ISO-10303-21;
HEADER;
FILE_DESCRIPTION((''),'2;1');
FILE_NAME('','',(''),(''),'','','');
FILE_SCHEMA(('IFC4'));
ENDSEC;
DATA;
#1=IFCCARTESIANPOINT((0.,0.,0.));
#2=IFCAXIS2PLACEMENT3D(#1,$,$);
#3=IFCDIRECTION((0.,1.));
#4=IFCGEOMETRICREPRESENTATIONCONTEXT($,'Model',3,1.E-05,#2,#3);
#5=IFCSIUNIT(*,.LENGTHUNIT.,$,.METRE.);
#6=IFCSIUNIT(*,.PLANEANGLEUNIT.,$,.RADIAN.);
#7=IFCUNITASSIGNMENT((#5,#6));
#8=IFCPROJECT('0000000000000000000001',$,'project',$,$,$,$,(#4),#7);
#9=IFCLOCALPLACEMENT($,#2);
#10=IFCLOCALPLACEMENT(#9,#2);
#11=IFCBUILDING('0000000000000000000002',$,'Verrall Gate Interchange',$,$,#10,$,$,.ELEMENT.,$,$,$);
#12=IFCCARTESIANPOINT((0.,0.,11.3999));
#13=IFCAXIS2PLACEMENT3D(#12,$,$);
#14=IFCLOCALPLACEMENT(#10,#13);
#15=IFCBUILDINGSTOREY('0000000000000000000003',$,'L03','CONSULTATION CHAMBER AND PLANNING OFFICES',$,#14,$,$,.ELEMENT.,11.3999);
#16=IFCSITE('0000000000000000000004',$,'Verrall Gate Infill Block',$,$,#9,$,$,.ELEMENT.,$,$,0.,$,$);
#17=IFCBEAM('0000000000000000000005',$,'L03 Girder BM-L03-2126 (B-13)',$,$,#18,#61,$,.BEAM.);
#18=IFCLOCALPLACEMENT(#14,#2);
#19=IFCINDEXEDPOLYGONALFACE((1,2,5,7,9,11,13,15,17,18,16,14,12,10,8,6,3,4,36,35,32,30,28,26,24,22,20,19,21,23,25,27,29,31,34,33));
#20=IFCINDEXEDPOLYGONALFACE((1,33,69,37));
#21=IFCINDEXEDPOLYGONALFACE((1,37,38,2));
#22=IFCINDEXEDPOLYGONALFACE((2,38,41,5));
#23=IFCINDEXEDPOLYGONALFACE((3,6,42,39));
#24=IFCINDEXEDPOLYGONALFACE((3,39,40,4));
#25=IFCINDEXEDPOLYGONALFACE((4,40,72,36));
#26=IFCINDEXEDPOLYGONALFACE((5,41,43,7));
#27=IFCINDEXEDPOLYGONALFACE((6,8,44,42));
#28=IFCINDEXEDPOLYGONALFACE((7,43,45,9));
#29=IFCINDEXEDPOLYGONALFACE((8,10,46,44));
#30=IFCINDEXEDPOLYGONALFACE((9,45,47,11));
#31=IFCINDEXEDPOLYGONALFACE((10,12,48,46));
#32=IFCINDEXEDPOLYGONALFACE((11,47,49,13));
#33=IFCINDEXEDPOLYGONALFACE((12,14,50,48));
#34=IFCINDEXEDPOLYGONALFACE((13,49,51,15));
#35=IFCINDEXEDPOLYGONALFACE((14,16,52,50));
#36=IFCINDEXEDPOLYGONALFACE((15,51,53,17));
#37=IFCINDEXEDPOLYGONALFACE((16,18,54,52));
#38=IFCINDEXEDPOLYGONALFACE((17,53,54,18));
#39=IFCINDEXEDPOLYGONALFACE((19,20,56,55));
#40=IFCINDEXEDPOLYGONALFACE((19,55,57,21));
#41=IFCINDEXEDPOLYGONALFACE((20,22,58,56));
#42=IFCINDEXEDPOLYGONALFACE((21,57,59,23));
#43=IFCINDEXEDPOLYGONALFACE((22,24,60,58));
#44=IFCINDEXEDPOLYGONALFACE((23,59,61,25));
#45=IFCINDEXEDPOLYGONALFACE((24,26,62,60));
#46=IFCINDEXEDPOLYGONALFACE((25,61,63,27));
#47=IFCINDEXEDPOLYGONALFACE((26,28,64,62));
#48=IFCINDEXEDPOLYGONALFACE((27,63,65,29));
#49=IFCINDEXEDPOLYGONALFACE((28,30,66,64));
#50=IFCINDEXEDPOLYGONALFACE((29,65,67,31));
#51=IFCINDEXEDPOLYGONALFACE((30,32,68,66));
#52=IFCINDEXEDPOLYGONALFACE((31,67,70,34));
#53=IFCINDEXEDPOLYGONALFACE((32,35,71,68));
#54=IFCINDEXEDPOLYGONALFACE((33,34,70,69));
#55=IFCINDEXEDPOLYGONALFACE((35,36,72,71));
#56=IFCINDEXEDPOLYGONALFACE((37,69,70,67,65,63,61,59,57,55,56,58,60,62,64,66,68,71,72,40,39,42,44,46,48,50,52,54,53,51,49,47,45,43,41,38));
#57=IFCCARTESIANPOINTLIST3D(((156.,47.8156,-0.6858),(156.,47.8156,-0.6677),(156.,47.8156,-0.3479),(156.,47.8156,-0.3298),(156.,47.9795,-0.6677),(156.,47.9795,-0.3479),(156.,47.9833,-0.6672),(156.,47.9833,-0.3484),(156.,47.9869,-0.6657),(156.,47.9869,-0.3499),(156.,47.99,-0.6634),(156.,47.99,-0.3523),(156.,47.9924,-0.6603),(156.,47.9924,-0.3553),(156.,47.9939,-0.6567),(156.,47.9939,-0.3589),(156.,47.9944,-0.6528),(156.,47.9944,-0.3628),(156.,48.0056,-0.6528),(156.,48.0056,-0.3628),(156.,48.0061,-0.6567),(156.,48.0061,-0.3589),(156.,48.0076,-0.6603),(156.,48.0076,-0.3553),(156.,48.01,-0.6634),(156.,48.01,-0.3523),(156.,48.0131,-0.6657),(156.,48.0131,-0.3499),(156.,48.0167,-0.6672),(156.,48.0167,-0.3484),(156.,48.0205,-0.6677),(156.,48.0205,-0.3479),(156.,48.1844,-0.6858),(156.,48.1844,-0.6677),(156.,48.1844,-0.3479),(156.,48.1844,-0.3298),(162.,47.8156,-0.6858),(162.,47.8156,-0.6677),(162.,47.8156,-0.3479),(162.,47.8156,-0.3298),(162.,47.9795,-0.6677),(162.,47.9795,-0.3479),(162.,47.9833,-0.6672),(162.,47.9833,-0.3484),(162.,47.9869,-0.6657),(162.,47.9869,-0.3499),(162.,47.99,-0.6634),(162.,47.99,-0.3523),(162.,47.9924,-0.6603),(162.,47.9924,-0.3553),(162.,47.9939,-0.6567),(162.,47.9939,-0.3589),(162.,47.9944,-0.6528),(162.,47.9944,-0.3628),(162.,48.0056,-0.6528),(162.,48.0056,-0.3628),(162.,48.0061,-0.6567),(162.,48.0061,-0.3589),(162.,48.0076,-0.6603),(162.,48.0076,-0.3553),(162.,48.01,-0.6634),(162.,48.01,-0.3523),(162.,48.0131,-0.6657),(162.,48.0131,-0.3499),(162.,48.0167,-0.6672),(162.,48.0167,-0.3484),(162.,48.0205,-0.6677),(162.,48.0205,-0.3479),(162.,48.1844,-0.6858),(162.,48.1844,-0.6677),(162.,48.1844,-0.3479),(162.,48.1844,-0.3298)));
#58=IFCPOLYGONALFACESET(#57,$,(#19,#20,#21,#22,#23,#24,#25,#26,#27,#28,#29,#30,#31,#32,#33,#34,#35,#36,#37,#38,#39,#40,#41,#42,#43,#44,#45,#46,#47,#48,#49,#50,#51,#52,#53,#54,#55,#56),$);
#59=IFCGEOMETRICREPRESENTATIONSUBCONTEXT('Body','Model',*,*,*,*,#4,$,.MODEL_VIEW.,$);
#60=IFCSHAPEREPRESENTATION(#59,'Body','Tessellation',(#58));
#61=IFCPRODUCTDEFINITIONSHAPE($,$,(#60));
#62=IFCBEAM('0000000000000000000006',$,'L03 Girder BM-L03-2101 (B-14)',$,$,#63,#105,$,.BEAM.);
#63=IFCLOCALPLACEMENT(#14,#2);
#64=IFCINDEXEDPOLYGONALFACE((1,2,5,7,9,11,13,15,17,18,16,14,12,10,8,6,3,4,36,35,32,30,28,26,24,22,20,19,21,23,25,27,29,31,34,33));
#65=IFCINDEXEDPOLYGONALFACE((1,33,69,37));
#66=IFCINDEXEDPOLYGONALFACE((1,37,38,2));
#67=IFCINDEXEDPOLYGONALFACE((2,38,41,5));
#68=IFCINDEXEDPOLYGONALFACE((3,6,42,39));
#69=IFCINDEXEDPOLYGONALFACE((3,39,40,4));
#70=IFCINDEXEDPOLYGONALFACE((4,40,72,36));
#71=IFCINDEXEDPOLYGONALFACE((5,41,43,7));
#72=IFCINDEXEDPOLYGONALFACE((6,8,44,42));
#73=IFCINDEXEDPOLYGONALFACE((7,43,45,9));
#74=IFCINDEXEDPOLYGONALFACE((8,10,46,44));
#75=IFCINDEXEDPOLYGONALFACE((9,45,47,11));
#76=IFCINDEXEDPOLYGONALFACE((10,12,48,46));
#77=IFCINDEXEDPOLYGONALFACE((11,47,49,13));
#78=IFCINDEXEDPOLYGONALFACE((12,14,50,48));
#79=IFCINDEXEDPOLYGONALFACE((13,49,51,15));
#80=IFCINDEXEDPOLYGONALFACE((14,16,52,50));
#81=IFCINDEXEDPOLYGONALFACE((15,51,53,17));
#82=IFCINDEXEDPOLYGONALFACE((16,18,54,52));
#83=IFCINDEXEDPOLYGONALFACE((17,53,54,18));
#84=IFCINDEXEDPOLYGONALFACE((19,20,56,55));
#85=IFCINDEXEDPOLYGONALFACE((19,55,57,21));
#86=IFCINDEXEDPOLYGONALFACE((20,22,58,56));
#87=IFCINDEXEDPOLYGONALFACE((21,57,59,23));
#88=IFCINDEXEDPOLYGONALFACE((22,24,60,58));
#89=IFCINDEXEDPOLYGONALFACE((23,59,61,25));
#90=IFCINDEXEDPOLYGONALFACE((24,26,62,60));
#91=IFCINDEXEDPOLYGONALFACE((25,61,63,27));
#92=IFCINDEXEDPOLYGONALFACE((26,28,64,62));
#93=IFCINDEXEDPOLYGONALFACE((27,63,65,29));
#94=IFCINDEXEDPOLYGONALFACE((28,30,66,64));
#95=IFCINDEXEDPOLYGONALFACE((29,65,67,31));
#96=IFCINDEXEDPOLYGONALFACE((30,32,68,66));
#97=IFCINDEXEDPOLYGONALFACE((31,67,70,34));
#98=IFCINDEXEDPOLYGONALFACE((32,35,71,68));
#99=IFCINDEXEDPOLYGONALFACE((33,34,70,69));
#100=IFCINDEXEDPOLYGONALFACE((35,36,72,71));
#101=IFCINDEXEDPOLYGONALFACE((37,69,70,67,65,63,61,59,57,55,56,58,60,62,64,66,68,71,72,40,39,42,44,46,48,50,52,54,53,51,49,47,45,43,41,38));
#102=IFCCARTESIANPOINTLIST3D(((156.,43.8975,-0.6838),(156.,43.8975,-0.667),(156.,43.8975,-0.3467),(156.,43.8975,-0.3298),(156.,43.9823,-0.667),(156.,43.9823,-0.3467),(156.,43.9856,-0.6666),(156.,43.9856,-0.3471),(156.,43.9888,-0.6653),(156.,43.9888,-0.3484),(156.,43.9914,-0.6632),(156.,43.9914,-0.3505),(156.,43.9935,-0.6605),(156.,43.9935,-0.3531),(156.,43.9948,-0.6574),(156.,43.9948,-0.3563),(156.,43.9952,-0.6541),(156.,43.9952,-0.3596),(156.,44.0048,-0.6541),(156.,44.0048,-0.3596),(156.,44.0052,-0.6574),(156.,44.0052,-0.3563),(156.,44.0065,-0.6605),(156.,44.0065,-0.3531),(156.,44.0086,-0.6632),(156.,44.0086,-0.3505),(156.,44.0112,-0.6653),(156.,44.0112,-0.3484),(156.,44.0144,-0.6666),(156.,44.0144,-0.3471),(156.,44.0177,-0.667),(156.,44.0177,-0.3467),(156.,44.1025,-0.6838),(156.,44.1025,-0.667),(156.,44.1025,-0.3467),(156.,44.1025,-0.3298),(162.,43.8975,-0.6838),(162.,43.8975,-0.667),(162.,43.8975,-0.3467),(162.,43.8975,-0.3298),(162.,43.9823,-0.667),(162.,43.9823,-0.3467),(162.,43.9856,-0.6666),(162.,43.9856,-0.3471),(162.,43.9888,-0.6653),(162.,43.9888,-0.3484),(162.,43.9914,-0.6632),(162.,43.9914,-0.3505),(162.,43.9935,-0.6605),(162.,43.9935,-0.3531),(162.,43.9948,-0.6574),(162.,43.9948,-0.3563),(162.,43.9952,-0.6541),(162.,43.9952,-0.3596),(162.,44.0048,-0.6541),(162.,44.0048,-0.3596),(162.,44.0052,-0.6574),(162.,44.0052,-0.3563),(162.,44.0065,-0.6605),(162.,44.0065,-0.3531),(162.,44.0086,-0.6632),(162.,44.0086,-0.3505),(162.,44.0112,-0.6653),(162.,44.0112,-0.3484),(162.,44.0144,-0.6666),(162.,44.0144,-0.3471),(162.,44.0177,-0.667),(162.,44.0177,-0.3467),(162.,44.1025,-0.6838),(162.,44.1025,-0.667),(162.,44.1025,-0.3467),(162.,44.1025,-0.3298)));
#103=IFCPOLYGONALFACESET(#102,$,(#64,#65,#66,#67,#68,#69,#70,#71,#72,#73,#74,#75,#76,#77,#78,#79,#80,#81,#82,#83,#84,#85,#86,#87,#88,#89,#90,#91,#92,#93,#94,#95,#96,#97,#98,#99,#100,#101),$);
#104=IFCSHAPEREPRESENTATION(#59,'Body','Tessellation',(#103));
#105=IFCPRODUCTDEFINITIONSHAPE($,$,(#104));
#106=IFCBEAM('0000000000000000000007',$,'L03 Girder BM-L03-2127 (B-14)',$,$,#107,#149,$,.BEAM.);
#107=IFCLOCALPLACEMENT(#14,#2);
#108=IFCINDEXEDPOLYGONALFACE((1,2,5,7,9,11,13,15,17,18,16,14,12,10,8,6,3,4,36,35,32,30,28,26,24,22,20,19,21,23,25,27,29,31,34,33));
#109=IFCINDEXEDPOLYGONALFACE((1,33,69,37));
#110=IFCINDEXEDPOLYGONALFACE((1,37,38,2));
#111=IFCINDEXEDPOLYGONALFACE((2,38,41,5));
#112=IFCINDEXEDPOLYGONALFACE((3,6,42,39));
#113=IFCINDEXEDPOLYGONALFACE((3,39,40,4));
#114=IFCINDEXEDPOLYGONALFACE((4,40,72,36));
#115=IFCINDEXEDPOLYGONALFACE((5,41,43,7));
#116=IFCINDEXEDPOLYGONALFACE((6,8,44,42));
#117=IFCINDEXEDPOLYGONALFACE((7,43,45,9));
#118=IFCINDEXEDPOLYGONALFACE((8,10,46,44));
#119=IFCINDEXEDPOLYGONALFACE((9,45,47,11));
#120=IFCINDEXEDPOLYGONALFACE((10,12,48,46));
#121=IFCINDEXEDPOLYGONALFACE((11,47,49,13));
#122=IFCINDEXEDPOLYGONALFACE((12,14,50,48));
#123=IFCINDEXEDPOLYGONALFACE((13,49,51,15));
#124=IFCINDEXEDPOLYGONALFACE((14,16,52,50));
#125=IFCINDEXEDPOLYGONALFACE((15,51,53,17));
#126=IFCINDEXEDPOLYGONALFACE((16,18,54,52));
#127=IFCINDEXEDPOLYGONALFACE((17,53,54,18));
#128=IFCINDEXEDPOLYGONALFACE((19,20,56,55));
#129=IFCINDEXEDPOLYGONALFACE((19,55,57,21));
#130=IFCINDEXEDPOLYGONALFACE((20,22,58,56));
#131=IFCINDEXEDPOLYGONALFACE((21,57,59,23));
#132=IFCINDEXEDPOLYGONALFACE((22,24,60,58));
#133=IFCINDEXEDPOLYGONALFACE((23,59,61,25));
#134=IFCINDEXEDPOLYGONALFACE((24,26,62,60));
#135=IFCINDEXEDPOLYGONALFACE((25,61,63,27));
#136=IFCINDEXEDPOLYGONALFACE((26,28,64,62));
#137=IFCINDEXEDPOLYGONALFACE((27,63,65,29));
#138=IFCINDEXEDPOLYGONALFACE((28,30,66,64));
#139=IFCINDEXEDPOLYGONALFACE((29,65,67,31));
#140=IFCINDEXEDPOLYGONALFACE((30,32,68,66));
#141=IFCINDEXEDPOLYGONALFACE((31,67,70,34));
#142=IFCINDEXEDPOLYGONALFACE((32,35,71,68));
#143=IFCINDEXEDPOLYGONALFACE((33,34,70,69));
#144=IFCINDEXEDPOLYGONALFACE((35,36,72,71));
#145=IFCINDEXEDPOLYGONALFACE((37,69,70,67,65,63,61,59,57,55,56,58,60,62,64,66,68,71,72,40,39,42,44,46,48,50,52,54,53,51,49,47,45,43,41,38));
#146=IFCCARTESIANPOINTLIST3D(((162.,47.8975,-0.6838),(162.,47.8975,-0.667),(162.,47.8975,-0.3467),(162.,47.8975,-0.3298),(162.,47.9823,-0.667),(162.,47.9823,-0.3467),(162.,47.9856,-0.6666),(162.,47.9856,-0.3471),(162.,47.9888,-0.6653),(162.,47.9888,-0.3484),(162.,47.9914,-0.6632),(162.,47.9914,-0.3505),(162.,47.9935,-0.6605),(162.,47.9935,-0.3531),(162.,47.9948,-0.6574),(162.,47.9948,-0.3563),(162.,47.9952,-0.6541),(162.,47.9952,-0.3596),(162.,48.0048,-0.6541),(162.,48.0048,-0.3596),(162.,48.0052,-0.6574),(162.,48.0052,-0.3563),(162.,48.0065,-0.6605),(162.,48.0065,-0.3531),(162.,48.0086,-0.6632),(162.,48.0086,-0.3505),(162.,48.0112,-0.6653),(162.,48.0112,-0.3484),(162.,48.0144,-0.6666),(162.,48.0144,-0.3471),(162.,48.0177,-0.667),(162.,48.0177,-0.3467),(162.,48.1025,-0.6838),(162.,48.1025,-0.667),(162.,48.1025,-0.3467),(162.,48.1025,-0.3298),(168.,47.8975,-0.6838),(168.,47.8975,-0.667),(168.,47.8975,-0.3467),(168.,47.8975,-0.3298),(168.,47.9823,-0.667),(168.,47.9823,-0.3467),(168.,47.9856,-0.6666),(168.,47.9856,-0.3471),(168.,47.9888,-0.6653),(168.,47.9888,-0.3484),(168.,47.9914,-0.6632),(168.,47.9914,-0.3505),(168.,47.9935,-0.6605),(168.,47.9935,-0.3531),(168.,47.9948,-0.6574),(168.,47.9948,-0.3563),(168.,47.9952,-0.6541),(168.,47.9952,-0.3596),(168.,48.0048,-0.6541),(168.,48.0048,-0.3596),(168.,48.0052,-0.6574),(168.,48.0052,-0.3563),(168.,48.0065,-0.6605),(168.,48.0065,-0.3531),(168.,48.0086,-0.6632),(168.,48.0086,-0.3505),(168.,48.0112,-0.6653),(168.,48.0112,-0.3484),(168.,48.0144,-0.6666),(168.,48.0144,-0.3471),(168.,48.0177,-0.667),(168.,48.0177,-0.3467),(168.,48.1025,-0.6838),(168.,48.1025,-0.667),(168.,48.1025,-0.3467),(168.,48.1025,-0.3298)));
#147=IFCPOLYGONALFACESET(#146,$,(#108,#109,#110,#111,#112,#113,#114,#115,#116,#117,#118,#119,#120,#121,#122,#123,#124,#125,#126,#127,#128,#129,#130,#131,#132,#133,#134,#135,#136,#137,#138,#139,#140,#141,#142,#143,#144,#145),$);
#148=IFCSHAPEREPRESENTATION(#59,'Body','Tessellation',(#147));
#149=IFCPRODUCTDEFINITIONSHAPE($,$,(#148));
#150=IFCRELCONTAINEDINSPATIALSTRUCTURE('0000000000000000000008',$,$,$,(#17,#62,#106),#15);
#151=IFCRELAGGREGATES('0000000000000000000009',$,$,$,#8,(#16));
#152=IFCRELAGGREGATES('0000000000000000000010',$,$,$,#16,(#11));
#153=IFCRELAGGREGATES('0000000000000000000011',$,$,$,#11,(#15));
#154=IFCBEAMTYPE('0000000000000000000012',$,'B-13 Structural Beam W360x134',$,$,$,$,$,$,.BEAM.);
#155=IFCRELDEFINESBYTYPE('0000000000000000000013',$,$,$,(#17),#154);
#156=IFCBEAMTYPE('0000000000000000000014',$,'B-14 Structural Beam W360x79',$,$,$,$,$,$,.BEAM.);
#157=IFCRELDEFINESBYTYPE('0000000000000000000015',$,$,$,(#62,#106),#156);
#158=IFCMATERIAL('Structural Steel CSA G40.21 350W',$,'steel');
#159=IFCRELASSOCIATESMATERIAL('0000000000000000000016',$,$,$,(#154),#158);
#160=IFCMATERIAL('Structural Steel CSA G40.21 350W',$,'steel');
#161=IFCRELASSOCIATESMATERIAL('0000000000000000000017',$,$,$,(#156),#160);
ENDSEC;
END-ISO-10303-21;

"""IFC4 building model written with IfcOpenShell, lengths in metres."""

from ifc_helpers import new_model, si_unit, direction, frame, origin, origin_2d, place, context, subcontext, project, spatial, i_section, extrude, material, material_profile, profile_set, type_object, element, save


model = new_model("IFC4")

# Units and contexts
model_context = context("Model", 3, precision=1e-05, world=origin(), true_north=direction((0.0, 1.0)))
body_context = subcontext(model_context, "Body", "Model", "MODEL_VIEW")
ifc_project = project(units=[si_unit("LENGTHUNIT", "METRE"), si_unit("PLANEANGLEUNIT", "RADIAN")], contexts=[model_context])

# Site, building, storey
site_placement = place(None, origin())
site = spatial("IfcSite", under=ifc_project, at=site_placement, Name="Verrall Gate Infill Block", CompositionType="ELEMENT", RefElevation=0.0)
building_placement = place(site_placement, origin())
building = spatial("IfcBuilding", under=site, at=building_placement, Name="Verrall Gate Interchange", CompositionType="ELEMENT")
storey_placement = place(building_placement, frame((0.0, 0.0, 11.3999)))
storey = spatial("IfcBuildingStorey", under=building, at=storey_placement, Name="L03", Description="CONSULTATION CHAMBER AND PLANNING OFFICES", CompositionType="ELEMENT", Elevation=11.3999)

# Beams
ifc_material_1 = material(Name="Structural Steel CSA G40.21 350W", Category="steel")
ifc_material_profile_1 = material_profile(ifc_material_1, i_section(OverallWidth=0.3689, OverallDepth=0.356, WebThickness=0.0112, FlangeThickness=0.0181, FilletRadius=0.0149, at=origin_2d()), Name="W360x134")
ifc_profile_set_1 = profile_set([ifc_material_profile_1], Name="Structural Steel CSA G40.21 350W")
beam_type_1 = type_object("IfcBeamType", Name="B-13 Structural Beam W360x134", PredefinedType="BEAM", material=ifc_profile_set_1)
beam_1_placement = place(storey_placement, frame((156.0, 48.0, -0.5078), z_axis=(1.0, 0.0, 0.0), x_axis=(0.0, 1.0, 0.0)))
element("IfcBeam", 1, at=beam_1_placement, inside=storey, type_object=beam_type_1, Name="L03 Girder BM-L03-2126 (B-13)", PredefinedType="BEAM", context=body_context, shape_type="SweptSolid", body=[
    extrude(i_section(OverallWidth=0.3689, OverallDepth=0.356, WebThickness=0.0112, FlangeThickness=0.0181, FilletRadius=0.0149, at=origin_2d()), origin(), (0.0, 0.0, 1.0), 6.0),
])
ifc_material_2 = material(Name="Structural Steel CSA G40.21 350W", Category="steel")
ifc_material_profile_2 = material_profile(ifc_material_2, i_section(OverallWidth=0.2051, OverallDepth=0.354, WebThickness=0.0095, FlangeThickness=0.0168, FilletRadius=0.0129, at=origin_2d()), Name="W360x79")
ifc_profile_set_2 = profile_set([ifc_material_profile_2], Name="Structural Steel CSA G40.21 350W")
beam_type_2 = type_object("IfcBeamType", Name="B-14 Structural Beam W360x79", PredefinedType="BEAM", material=ifc_profile_set_2)
for number, where, z_axis, x_axis, name in (
    (2, (156.0, 44.0, -0.5068), (1.0, 0.0, 0.0), (0.0, 1.0, 0.0), "L03 Girder BM-L03-2101 (B-14)"),
    (3, (162.0, 48.0, -0.5068), (1.0, 0.0, 0.0), (0.0, 1.0, 0.0), "L03 Girder BM-L03-2127 (B-14)"),
):
    element("IfcBeam", number, at=place(storey_placement, frame(where, z_axis=z_axis, x_axis=x_axis)), inside=storey, type_object=beam_type_2, Name=name, PredefinedType="BEAM", context=body_context, shape_type="SweptSolid", body=[
        extrude(i_section(OverallWidth=0.2051, OverallDepth=0.354, WebThickness=0.0095, FlangeThickness=0.0168, FilletRadius=0.0129, at=origin_2d()), origin(), (0.0, 0.0, 1.0), 6.0),
    ])

save(model, "model.ifc")
